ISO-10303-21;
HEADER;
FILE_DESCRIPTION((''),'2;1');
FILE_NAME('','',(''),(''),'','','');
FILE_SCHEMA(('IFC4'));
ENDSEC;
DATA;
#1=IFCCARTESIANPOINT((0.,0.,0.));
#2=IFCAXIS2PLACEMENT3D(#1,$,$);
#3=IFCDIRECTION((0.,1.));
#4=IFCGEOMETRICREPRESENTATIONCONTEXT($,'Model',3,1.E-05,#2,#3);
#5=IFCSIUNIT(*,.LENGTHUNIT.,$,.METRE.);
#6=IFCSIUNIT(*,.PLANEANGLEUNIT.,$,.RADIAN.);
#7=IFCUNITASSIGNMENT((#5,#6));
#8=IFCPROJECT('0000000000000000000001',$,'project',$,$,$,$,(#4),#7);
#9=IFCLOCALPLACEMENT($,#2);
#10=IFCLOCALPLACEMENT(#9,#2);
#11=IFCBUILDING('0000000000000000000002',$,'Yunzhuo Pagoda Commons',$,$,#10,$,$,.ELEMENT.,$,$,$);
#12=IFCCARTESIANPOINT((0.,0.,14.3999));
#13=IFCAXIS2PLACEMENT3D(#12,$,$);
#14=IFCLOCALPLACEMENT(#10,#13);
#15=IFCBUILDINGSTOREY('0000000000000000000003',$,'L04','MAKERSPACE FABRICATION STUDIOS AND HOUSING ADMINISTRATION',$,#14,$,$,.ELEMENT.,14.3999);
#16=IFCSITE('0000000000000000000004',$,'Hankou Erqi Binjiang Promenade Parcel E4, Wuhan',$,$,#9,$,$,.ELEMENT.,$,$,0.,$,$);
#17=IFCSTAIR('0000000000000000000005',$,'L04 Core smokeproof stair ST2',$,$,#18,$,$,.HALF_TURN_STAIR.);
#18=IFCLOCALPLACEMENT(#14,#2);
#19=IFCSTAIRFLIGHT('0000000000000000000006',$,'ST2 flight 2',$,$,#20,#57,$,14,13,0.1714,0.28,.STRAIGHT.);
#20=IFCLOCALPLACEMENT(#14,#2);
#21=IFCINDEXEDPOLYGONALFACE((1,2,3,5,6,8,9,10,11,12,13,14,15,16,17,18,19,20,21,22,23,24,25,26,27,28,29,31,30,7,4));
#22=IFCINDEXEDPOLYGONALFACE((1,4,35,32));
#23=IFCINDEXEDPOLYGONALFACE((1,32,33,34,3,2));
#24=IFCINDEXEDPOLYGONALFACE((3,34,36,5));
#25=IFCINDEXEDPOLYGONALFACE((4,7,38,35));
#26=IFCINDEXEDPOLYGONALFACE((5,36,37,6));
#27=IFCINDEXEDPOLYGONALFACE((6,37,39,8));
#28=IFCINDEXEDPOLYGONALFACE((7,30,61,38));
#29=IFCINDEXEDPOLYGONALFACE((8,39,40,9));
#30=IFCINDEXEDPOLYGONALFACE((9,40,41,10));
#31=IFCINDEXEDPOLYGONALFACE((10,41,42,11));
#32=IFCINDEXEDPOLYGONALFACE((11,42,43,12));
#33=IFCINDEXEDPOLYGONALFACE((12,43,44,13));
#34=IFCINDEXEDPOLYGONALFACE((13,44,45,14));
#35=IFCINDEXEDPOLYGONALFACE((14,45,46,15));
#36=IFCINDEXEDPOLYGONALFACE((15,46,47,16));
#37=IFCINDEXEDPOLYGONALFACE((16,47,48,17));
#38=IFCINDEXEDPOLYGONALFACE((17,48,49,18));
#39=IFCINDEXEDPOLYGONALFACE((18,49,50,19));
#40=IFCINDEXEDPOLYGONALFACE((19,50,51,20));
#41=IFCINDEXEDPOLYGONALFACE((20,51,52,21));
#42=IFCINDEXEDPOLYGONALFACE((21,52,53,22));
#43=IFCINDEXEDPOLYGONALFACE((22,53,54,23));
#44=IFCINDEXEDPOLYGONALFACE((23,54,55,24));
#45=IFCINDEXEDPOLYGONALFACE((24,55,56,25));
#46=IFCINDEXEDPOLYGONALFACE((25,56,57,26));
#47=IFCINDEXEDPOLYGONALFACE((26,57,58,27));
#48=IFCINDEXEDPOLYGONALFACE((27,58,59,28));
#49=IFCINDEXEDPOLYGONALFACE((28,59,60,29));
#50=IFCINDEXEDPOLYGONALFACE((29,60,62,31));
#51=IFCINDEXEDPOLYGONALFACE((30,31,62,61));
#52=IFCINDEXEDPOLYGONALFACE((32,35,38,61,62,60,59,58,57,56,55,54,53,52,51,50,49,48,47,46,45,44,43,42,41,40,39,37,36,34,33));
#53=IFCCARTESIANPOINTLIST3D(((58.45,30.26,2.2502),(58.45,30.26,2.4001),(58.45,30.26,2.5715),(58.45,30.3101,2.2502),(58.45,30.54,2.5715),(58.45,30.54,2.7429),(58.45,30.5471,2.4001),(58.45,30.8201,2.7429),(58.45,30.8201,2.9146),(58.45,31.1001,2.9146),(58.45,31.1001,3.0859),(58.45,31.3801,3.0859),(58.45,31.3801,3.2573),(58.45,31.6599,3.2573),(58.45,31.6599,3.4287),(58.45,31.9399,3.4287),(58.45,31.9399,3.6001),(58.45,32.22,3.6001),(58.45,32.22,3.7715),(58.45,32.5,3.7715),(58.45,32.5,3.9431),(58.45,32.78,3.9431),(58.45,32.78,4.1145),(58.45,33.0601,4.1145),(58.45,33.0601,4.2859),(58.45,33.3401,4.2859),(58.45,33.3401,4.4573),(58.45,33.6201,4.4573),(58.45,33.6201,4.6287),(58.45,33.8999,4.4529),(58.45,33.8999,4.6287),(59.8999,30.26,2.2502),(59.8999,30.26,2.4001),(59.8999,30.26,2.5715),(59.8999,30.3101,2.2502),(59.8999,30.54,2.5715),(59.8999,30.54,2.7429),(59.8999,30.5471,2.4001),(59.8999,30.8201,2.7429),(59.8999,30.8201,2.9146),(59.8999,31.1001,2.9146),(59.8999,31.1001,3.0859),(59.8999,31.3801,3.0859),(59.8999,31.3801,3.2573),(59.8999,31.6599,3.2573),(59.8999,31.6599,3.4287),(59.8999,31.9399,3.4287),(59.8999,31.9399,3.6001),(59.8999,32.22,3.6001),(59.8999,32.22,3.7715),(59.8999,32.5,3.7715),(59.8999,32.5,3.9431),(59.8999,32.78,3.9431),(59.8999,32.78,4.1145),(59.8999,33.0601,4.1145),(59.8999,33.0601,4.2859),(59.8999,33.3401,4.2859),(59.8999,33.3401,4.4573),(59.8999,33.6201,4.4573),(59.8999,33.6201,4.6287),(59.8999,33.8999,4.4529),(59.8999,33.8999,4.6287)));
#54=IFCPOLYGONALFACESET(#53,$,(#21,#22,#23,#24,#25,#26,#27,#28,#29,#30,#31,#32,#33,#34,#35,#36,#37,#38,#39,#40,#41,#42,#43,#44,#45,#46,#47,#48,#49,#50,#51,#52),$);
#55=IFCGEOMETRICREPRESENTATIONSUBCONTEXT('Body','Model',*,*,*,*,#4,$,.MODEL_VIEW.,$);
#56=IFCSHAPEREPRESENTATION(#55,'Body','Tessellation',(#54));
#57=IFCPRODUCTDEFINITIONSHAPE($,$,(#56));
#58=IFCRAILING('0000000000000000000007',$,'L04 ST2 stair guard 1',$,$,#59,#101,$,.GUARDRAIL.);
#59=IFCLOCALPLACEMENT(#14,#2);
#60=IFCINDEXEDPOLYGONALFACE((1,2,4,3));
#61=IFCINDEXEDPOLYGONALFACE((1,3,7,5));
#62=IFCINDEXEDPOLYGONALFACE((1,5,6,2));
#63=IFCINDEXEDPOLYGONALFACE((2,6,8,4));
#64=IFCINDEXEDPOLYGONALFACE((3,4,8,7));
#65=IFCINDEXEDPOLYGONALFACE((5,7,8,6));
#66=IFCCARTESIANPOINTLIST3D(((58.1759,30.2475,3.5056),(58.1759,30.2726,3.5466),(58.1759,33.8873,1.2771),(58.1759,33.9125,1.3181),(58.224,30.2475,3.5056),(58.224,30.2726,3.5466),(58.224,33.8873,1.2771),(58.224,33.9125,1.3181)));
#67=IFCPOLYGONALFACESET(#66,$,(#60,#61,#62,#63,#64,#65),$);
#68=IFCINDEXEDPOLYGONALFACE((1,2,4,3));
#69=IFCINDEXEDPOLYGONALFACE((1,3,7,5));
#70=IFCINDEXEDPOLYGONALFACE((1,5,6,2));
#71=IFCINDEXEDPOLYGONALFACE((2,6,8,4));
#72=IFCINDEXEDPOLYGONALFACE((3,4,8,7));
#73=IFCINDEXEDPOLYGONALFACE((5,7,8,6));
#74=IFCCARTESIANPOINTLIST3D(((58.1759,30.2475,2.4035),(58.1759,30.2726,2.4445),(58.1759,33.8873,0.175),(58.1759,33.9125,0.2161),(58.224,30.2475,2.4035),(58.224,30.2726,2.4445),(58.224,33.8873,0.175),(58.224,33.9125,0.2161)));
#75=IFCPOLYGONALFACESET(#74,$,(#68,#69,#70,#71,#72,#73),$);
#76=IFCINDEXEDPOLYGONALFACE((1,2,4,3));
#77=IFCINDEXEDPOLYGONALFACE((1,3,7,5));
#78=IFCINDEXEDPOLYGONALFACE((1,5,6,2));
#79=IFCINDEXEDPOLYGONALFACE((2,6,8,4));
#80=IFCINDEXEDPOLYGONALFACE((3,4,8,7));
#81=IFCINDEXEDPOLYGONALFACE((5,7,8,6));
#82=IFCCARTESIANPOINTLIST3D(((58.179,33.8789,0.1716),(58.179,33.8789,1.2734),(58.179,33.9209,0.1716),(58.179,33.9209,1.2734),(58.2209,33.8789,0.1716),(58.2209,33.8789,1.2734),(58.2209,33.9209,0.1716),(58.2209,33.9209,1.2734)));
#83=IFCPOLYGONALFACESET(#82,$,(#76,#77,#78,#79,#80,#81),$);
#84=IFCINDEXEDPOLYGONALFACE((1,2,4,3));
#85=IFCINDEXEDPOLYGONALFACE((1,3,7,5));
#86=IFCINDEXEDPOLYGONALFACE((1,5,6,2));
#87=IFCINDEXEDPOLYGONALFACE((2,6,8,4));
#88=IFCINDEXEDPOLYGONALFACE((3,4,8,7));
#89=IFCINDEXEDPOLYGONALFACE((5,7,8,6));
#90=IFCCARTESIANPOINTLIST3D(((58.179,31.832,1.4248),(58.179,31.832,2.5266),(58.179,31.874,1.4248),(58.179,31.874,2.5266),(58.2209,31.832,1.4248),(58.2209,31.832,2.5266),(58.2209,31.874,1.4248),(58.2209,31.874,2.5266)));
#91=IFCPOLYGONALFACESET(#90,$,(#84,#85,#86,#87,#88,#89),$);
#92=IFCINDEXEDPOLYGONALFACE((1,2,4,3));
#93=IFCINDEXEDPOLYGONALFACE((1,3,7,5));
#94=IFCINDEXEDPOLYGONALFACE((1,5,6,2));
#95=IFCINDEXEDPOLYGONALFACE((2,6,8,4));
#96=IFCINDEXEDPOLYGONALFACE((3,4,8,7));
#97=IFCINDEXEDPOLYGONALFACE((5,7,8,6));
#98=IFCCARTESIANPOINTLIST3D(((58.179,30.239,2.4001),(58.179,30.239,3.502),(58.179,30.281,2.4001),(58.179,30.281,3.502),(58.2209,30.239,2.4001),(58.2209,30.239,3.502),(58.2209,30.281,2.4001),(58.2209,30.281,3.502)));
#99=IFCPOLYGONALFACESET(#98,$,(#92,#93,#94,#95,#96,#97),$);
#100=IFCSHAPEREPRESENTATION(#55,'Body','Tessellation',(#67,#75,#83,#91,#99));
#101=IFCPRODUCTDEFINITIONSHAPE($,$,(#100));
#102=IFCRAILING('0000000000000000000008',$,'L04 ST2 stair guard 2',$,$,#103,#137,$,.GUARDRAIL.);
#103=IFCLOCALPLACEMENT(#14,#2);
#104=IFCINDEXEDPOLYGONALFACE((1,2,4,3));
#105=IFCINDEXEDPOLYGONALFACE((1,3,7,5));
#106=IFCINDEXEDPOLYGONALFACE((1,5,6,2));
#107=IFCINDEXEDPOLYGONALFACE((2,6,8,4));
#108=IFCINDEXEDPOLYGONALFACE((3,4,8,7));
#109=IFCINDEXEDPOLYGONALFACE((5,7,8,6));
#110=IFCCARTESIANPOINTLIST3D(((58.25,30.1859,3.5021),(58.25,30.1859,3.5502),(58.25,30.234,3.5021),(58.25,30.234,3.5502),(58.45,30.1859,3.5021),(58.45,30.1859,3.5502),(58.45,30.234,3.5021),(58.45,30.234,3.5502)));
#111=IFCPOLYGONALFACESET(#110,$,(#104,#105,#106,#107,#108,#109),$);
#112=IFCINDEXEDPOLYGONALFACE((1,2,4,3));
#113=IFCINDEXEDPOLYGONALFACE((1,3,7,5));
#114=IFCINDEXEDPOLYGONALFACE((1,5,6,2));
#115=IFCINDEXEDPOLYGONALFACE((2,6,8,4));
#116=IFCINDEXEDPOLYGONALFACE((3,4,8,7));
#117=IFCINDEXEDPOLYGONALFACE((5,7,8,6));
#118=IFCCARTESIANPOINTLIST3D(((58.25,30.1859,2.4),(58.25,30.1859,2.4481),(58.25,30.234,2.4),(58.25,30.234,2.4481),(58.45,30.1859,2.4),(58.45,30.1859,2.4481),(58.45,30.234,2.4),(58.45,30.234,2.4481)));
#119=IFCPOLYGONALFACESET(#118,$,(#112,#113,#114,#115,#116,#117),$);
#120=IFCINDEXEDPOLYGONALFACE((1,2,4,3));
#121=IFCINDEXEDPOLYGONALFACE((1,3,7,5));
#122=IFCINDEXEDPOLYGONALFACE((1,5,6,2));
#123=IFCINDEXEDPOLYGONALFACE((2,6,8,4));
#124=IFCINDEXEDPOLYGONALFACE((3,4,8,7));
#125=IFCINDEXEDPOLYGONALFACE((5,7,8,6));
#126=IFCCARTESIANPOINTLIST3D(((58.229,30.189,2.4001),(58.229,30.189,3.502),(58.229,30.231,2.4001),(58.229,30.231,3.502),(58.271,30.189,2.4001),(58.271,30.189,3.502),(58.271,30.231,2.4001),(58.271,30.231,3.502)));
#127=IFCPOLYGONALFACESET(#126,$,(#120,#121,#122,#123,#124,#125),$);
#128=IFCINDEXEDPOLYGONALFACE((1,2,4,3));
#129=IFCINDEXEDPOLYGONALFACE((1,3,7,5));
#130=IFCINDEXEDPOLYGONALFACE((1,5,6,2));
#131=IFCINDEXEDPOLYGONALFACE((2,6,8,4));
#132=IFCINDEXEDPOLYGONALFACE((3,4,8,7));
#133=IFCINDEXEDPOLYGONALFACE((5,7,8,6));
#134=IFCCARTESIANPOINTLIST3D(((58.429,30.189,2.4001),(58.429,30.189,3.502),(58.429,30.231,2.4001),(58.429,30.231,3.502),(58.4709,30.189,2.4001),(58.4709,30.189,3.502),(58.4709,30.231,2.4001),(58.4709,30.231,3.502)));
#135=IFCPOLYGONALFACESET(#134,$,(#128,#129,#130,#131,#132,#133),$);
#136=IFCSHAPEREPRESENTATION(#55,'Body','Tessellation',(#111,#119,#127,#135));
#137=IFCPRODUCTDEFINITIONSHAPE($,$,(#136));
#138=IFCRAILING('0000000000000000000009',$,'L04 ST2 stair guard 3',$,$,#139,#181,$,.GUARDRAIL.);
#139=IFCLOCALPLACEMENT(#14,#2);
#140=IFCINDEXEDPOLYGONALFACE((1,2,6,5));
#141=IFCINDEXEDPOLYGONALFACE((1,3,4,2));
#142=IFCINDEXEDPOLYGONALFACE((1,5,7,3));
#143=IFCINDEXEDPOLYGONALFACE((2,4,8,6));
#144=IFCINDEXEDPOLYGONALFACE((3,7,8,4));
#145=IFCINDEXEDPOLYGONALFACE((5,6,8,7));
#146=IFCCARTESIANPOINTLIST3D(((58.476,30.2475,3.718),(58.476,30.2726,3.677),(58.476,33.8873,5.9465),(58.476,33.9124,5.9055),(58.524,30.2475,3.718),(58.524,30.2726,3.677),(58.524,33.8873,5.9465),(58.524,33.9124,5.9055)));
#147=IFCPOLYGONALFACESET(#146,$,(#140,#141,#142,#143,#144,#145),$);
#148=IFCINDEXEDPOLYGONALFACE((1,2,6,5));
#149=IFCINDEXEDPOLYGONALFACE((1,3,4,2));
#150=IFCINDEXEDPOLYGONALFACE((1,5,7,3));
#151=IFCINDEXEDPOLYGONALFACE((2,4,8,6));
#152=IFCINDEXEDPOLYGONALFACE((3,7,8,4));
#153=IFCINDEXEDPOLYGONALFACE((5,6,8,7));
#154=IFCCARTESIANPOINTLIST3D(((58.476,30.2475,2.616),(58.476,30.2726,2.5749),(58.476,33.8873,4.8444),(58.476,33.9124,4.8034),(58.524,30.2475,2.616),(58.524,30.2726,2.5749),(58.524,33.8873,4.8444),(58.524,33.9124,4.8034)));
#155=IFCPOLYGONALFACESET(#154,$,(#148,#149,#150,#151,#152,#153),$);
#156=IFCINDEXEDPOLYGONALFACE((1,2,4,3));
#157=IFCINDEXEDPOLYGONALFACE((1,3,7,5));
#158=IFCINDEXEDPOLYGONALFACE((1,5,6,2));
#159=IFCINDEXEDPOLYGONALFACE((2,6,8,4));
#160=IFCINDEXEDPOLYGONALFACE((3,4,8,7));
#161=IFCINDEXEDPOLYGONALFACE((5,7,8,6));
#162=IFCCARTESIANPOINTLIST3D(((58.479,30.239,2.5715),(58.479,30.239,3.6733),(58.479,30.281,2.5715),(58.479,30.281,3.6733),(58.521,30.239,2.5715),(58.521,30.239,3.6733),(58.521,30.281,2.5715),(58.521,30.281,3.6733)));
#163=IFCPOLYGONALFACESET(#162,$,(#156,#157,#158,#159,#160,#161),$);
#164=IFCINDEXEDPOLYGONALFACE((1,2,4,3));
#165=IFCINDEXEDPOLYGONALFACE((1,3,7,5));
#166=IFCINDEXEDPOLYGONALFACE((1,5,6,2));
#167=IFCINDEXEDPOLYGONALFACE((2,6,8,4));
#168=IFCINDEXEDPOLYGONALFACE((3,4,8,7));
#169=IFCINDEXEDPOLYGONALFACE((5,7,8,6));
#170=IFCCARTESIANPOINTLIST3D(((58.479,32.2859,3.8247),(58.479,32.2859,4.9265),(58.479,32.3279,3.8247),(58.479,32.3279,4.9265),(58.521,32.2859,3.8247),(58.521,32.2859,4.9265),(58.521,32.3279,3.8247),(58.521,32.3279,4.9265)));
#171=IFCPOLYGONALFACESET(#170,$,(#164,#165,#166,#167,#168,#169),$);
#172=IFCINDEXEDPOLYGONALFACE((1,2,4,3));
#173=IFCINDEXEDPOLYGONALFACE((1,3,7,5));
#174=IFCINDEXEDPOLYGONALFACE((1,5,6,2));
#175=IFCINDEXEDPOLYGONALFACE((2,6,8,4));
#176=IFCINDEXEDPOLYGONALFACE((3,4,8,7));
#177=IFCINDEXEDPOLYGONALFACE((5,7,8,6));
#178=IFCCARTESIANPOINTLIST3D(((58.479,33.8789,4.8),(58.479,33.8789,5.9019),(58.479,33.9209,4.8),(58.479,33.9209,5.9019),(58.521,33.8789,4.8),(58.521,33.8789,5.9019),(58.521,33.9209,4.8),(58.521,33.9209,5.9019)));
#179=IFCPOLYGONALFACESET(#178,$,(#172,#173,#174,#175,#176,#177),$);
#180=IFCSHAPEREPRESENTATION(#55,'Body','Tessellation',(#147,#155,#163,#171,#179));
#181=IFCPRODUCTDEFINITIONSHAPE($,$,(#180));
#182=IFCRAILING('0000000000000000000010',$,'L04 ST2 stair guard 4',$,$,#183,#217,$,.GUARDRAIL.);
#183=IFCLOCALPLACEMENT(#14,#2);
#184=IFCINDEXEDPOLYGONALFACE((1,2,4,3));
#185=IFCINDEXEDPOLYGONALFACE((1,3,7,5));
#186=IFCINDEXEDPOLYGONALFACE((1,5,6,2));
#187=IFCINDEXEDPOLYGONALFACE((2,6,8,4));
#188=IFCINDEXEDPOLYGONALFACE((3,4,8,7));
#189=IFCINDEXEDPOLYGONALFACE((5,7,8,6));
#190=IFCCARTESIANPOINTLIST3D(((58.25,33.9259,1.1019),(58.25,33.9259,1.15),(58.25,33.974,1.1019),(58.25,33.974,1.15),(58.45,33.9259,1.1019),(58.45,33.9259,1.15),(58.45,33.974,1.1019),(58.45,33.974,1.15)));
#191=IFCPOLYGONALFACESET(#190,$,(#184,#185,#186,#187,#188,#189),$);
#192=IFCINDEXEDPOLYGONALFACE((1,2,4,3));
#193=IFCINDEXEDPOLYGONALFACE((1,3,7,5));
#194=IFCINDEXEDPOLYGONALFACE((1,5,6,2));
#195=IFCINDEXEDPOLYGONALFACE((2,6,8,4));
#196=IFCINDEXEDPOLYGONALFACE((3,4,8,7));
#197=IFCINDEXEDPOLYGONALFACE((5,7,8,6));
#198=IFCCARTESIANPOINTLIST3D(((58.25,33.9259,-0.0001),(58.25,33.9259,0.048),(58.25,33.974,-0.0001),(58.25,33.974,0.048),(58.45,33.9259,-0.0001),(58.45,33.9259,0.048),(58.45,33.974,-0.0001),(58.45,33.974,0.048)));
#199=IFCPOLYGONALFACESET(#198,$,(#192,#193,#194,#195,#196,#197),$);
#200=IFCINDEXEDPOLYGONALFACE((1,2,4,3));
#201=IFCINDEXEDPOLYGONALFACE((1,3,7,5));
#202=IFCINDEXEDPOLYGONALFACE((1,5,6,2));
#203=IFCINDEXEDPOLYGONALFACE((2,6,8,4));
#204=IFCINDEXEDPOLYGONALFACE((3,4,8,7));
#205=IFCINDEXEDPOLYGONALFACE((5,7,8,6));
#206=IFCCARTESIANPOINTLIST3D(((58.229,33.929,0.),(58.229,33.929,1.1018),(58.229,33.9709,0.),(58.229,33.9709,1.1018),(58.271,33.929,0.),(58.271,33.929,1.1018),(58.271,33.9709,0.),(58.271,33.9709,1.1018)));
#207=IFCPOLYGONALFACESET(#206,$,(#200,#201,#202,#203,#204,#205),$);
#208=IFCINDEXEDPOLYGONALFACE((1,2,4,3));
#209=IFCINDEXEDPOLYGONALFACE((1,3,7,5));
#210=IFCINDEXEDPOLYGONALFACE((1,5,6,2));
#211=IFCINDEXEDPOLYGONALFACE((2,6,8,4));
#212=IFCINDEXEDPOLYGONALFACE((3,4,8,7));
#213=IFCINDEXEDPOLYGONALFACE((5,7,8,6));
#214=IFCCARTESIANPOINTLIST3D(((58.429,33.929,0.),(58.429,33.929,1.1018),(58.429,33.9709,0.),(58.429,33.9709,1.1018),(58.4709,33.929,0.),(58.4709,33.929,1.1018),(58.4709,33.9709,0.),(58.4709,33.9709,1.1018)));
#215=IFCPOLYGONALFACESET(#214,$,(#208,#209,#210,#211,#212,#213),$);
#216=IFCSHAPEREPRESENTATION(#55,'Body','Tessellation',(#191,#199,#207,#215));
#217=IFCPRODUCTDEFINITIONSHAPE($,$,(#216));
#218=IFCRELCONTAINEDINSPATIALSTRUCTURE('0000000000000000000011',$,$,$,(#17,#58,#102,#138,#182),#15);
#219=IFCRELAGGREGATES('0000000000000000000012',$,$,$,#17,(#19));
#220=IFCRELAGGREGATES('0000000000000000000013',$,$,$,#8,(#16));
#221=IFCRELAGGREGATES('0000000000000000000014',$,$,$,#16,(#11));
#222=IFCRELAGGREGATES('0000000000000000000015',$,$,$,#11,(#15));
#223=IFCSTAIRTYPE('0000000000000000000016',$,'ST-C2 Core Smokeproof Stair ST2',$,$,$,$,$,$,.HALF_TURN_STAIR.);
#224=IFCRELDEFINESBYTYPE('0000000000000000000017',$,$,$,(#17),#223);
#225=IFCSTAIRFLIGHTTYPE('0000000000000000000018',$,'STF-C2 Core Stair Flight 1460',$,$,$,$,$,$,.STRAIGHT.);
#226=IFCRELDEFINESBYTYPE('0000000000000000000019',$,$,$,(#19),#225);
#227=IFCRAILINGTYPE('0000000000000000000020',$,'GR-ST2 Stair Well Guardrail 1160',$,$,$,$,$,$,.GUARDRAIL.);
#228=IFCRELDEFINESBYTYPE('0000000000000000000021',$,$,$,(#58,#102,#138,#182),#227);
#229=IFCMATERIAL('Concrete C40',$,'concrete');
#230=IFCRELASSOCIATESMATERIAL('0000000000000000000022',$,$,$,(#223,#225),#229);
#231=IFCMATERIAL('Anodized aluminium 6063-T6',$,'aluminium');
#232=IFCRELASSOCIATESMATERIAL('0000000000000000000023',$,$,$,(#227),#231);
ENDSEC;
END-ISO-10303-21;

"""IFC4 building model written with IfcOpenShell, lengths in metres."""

from ifc_helpers import new_model, si_unit, direction, frame, origin, origin_2d, place, context, subcontext, project, spatial, polyline, rectangle, outline, extrude, source, transform, mapped, material, type_object, element, aggregate, save


model = new_model("IFC4")

# Units and contexts
model_context = context("Model", 3, precision=1e-05, world=origin(), true_north=direction((0.0, 1.0)))
body_context = subcontext(model_context, "Body", "Model", "MODEL_VIEW")
ifc_project = project(units=[si_unit("LENGTHUNIT", "METRE"), si_unit("PLANEANGLEUNIT", "RADIAN")], contexts=[model_context])

# Site, building, storey
site_placement = place(None, origin())
site = spatial("IfcSite", under=ifc_project, at=site_placement, Name="Hankou Erqi Binjiang Promenade Parcel E4, Wuhan", CompositionType="ELEMENT", RefElevation=0.0)
building_placement = place(site_placement, origin())
building = spatial("IfcBuilding", under=site, at=building_placement, Name="Yunzhuo Pagoda Commons", CompositionType="ELEMENT")
storey_placement = place(building_placement, frame((0.0, 0.0, 14.3999)))
storey = spatial("IfcBuildingStorey", under=building, at=storey_placement, Name="L04", Description="MAKERSPACE FABRICATION STUDIOS AND HOUSING ADMINISTRATION", CompositionType="ELEMENT", Elevation=14.3999)

# Shared definitions
ifc_material_1 = material(Name="Anodized aluminium 6063-T6", Category="aluminium")

# Shared definitions
ifc_material_2 = material(Name="Concrete C40", Category="concrete")

# Stair, stair flight
stair_type = type_object("IfcStairType", Name="ST-C2 Core Smokeproof Stair ST2", PredefinedType="HALF_TURN_STAIR", material=ifc_material_2)
stair_placement = place(storey_placement, origin())
stair = element("IfcStair", 1, at=stair_placement, inside=storey, type_object=stair_type, Name="L04 Core smokeproof stair ST2", PredefinedType="HALF_TURN_STAIR")
stair_flight_type = type_object("IfcStairFlightType", Name="STF-C2 Core Stair Flight 1460", PredefinedType="STRAIGHT", material=ifc_material_2)
shared_shape_1 = source(origin(), body_context, "Body", "SweptSolid", [
    extrude(outline(polyline([(0.0, -0.1499), (0.0, 0.0), (0.0, 0.1714), (0.28, 0.1714), (0.28, 0.3428), (0.5601, 0.3428), (0.5601, 0.5144), (0.8401, 0.5144), (0.8401, 0.6858), (1.1201, 0.6858), (1.1201, 0.8572), (1.3999, 0.8572), (1.3999, 1.0286), (1.6799, 1.0286), (1.6799, 1.2), (1.96, 1.2), (1.96, 1.3713), (2.24, 1.3713), (2.24, 1.543), (2.52, 1.543), (2.52, 1.7144), (2.8, 1.7144), (2.8, 1.8857), (3.0801, 1.8857), (3.0801, 2.0571), (3.3601, 2.0571), (3.3601, 2.2285), (3.6399, 2.2285), (3.6399, 2.3999), (3.6399, 2.0527), (0.2871, 0.0), (0.05, -0.1499), (0.0, -0.1499)])), frame((0.0, 0.7251, 0.0), z_axis=(0.0, -1.0, 0.0), x_axis=(1.0, 0.0, 0.0)), (0.0, 0.0, 1.0), 1.45),
])
stair_flight_1_placement = place(storey_placement, frame((59.175, 30.26, 2.4001), z_axis=(0.0, 0.0, 1.0), x_axis=(0.0, 1.0, 0.0)))
stair_flight_1 = element("IfcStairFlight", 2, at=stair_flight_1_placement, type_object=stair_flight_type, Name="ST2 flight 2", NumberOfRisers=14, NumberOfTreads=13, PredefinedType="STRAIGHT", RiserHeight=0.1714, TreadLength=0.28, context=body_context, shape_type="MappedRepresentation", body=[
    mapped(shared_shape_1, transform((0.0, 0.0, 0.0), scale=1.0)),
])
aggregate(stair, [stair_flight_1])

# Railings
railing_type_1 = type_object("IfcRailingType", Name="GR-ST2 Stair Well Guardrail 1160", PredefinedType="GUARDRAIL", material=ifc_material_1)
railing_1_placement = place(storey_placement, frame((58.2, 33.8999, 0.1716)))
element("IfcRailing", 3, at=railing_1_placement, inside=storey, type_object=railing_type_1, Name="L04 ST2 stair guard 1", PredefinedType="GUARDRAIL", context=body_context, shape_type="SweptSolid", body=[
    extrude(rectangle(XDim=0.0481, YDim=0.0481, at=origin_2d()), frame((0.0, 0.0, 1.126), z_axis=(0.0, -0.85285, 0.522156), x_axis=(1.0, 0.0, 0.0)), (0.0, 0.0, 1.0), 4.2678),
    extrude(rectangle(XDim=0.0481, YDim=0.0481, at=origin_2d()), frame((0.0, 0.0, 0.0239), z_axis=(0.0, -0.85285, 0.522156), x_axis=(1.0, 0.0, 0.0)), (0.0, 0.0, 1.0), 4.2678),
    extrude(rectangle(XDim=0.042, YDim=0.042, at=origin_2d()), origin(), (0.0, 0.0, 1.0), 1.1018),
    extrude(rectangle(XDim=0.042, YDim=0.042, at=origin_2d()), frame((0.0, -2.0469, 1.2532)), (0.0, 0.0, 1.0), 1.1018),
    extrude(rectangle(XDim=0.042, YDim=0.042, at=origin_2d()), frame((0.0, -3.6399, 2.2285)), (0.0, 0.0, 1.0), 1.1018),
])
railing_2_placement = place(storey_placement, frame((58.25, 30.21, 2.4001)))
element("IfcRailing", 4, at=railing_2_placement, inside=storey, type_object=railing_type_1, Name="L04 ST2 stair guard 2", PredefinedType="GUARDRAIL", context=body_context, shape_type="SweptSolid", body=[
    extrude(rectangle(XDim=0.0481, YDim=0.0481, at=origin_2d()), frame((0.0, 0.0, 1.126), z_axis=(1.0, 0.0, 0.0), x_axis=(0.0, 1.0, 0.0)), (0.0, 0.0, 1.0), 0.2),
    extrude(rectangle(XDim=0.0481, YDim=0.0481, at=origin_2d()), frame((0.0, 0.0, 0.0239), z_axis=(1.0, 0.0, 0.0), x_axis=(0.0, 1.0, 0.0)), (0.0, 0.0, 1.0), 0.2),
    extrude(rectangle(XDim=0.042, YDim=0.042, at=origin_2d()), origin(), (0.0, 0.0, 1.0), 1.1018),
    extrude(rectangle(XDim=0.042, YDim=0.042, at=origin_2d()), frame((0.2, 0.0, 0.0)), (0.0, 0.0, 1.0), 1.1018),
])
railing_3_placement = place(storey_placement, frame((58.5, 30.26, 2.5715)))
element("IfcRailing", 5, at=railing_3_placement, inside=storey, type_object=railing_type_1, Name="L04 ST2 stair guard 3", PredefinedType="GUARDRAIL", context=body_context, shape_type="SweptSolid", body=[
    extrude(rectangle(XDim=0.0481, YDim=0.0481, at=origin_2d()), frame((0.0, 0.0, 1.126), z_axis=(0.0, 0.85285, 0.522156), x_axis=(-1.0, 0.0, 0.0)), (0.0, 0.0, 1.0), 4.2678),
    extrude(rectangle(XDim=0.0481, YDim=0.0481, at=origin_2d()), frame((0.0, 0.0, 0.0239), z_axis=(0.0, 0.85285, 0.522156), x_axis=(-1.0, 0.0, 0.0)), (0.0, 0.0, 1.0), 4.2678),
    extrude(rectangle(XDim=0.042, YDim=0.042, at=origin_2d()), origin(), (0.0, 0.0, 1.0), 1.1018),
    extrude(rectangle(XDim=0.042, YDim=0.042, at=origin_2d()), frame((0.0, 2.0469, 1.2532)), (0.0, 0.0, 1.0), 1.1018),
    extrude(rectangle(XDim=0.042, YDim=0.042, at=origin_2d()), frame((0.0, 3.6399, 2.2285)), (0.0, 0.0, 1.0), 1.1018),
])
railing_4_placement = place(storey_placement, frame((58.25, 33.95, 0.0)))
element("IfcRailing", 6, at=railing_4_placement, inside=storey, type_object=railing_type_1, Name="L04 ST2 stair guard 4", PredefinedType="GUARDRAIL", context=body_context, shape_type="SweptSolid", body=[
    extrude(rectangle(XDim=0.0481, YDim=0.0481, at=origin_2d()), frame((0.0, 0.0, 1.126), z_axis=(1.0, 0.0, 0.0), x_axis=(0.0, 1.0, 0.0)), (0.0, 0.0, 1.0), 0.2),
    extrude(rectangle(XDim=0.0481, YDim=0.0481, at=origin_2d()), frame((0.0, 0.0, 0.0239), z_axis=(1.0, 0.0, 0.0), x_axis=(0.0, 1.0, 0.0)), (0.0, 0.0, 1.0), 0.2),
    extrude(rectangle(XDim=0.042, YDim=0.042, at=origin_2d()), origin(), (0.0, 0.0, 1.0), 1.1018),
    extrude(rectangle(XDim=0.042, YDim=0.042, at=origin_2d()), frame((0.2, 0.0, 0.0)), (0.0, 0.0, 1.0), 1.1018),
])

save(model, "model.ifc")
